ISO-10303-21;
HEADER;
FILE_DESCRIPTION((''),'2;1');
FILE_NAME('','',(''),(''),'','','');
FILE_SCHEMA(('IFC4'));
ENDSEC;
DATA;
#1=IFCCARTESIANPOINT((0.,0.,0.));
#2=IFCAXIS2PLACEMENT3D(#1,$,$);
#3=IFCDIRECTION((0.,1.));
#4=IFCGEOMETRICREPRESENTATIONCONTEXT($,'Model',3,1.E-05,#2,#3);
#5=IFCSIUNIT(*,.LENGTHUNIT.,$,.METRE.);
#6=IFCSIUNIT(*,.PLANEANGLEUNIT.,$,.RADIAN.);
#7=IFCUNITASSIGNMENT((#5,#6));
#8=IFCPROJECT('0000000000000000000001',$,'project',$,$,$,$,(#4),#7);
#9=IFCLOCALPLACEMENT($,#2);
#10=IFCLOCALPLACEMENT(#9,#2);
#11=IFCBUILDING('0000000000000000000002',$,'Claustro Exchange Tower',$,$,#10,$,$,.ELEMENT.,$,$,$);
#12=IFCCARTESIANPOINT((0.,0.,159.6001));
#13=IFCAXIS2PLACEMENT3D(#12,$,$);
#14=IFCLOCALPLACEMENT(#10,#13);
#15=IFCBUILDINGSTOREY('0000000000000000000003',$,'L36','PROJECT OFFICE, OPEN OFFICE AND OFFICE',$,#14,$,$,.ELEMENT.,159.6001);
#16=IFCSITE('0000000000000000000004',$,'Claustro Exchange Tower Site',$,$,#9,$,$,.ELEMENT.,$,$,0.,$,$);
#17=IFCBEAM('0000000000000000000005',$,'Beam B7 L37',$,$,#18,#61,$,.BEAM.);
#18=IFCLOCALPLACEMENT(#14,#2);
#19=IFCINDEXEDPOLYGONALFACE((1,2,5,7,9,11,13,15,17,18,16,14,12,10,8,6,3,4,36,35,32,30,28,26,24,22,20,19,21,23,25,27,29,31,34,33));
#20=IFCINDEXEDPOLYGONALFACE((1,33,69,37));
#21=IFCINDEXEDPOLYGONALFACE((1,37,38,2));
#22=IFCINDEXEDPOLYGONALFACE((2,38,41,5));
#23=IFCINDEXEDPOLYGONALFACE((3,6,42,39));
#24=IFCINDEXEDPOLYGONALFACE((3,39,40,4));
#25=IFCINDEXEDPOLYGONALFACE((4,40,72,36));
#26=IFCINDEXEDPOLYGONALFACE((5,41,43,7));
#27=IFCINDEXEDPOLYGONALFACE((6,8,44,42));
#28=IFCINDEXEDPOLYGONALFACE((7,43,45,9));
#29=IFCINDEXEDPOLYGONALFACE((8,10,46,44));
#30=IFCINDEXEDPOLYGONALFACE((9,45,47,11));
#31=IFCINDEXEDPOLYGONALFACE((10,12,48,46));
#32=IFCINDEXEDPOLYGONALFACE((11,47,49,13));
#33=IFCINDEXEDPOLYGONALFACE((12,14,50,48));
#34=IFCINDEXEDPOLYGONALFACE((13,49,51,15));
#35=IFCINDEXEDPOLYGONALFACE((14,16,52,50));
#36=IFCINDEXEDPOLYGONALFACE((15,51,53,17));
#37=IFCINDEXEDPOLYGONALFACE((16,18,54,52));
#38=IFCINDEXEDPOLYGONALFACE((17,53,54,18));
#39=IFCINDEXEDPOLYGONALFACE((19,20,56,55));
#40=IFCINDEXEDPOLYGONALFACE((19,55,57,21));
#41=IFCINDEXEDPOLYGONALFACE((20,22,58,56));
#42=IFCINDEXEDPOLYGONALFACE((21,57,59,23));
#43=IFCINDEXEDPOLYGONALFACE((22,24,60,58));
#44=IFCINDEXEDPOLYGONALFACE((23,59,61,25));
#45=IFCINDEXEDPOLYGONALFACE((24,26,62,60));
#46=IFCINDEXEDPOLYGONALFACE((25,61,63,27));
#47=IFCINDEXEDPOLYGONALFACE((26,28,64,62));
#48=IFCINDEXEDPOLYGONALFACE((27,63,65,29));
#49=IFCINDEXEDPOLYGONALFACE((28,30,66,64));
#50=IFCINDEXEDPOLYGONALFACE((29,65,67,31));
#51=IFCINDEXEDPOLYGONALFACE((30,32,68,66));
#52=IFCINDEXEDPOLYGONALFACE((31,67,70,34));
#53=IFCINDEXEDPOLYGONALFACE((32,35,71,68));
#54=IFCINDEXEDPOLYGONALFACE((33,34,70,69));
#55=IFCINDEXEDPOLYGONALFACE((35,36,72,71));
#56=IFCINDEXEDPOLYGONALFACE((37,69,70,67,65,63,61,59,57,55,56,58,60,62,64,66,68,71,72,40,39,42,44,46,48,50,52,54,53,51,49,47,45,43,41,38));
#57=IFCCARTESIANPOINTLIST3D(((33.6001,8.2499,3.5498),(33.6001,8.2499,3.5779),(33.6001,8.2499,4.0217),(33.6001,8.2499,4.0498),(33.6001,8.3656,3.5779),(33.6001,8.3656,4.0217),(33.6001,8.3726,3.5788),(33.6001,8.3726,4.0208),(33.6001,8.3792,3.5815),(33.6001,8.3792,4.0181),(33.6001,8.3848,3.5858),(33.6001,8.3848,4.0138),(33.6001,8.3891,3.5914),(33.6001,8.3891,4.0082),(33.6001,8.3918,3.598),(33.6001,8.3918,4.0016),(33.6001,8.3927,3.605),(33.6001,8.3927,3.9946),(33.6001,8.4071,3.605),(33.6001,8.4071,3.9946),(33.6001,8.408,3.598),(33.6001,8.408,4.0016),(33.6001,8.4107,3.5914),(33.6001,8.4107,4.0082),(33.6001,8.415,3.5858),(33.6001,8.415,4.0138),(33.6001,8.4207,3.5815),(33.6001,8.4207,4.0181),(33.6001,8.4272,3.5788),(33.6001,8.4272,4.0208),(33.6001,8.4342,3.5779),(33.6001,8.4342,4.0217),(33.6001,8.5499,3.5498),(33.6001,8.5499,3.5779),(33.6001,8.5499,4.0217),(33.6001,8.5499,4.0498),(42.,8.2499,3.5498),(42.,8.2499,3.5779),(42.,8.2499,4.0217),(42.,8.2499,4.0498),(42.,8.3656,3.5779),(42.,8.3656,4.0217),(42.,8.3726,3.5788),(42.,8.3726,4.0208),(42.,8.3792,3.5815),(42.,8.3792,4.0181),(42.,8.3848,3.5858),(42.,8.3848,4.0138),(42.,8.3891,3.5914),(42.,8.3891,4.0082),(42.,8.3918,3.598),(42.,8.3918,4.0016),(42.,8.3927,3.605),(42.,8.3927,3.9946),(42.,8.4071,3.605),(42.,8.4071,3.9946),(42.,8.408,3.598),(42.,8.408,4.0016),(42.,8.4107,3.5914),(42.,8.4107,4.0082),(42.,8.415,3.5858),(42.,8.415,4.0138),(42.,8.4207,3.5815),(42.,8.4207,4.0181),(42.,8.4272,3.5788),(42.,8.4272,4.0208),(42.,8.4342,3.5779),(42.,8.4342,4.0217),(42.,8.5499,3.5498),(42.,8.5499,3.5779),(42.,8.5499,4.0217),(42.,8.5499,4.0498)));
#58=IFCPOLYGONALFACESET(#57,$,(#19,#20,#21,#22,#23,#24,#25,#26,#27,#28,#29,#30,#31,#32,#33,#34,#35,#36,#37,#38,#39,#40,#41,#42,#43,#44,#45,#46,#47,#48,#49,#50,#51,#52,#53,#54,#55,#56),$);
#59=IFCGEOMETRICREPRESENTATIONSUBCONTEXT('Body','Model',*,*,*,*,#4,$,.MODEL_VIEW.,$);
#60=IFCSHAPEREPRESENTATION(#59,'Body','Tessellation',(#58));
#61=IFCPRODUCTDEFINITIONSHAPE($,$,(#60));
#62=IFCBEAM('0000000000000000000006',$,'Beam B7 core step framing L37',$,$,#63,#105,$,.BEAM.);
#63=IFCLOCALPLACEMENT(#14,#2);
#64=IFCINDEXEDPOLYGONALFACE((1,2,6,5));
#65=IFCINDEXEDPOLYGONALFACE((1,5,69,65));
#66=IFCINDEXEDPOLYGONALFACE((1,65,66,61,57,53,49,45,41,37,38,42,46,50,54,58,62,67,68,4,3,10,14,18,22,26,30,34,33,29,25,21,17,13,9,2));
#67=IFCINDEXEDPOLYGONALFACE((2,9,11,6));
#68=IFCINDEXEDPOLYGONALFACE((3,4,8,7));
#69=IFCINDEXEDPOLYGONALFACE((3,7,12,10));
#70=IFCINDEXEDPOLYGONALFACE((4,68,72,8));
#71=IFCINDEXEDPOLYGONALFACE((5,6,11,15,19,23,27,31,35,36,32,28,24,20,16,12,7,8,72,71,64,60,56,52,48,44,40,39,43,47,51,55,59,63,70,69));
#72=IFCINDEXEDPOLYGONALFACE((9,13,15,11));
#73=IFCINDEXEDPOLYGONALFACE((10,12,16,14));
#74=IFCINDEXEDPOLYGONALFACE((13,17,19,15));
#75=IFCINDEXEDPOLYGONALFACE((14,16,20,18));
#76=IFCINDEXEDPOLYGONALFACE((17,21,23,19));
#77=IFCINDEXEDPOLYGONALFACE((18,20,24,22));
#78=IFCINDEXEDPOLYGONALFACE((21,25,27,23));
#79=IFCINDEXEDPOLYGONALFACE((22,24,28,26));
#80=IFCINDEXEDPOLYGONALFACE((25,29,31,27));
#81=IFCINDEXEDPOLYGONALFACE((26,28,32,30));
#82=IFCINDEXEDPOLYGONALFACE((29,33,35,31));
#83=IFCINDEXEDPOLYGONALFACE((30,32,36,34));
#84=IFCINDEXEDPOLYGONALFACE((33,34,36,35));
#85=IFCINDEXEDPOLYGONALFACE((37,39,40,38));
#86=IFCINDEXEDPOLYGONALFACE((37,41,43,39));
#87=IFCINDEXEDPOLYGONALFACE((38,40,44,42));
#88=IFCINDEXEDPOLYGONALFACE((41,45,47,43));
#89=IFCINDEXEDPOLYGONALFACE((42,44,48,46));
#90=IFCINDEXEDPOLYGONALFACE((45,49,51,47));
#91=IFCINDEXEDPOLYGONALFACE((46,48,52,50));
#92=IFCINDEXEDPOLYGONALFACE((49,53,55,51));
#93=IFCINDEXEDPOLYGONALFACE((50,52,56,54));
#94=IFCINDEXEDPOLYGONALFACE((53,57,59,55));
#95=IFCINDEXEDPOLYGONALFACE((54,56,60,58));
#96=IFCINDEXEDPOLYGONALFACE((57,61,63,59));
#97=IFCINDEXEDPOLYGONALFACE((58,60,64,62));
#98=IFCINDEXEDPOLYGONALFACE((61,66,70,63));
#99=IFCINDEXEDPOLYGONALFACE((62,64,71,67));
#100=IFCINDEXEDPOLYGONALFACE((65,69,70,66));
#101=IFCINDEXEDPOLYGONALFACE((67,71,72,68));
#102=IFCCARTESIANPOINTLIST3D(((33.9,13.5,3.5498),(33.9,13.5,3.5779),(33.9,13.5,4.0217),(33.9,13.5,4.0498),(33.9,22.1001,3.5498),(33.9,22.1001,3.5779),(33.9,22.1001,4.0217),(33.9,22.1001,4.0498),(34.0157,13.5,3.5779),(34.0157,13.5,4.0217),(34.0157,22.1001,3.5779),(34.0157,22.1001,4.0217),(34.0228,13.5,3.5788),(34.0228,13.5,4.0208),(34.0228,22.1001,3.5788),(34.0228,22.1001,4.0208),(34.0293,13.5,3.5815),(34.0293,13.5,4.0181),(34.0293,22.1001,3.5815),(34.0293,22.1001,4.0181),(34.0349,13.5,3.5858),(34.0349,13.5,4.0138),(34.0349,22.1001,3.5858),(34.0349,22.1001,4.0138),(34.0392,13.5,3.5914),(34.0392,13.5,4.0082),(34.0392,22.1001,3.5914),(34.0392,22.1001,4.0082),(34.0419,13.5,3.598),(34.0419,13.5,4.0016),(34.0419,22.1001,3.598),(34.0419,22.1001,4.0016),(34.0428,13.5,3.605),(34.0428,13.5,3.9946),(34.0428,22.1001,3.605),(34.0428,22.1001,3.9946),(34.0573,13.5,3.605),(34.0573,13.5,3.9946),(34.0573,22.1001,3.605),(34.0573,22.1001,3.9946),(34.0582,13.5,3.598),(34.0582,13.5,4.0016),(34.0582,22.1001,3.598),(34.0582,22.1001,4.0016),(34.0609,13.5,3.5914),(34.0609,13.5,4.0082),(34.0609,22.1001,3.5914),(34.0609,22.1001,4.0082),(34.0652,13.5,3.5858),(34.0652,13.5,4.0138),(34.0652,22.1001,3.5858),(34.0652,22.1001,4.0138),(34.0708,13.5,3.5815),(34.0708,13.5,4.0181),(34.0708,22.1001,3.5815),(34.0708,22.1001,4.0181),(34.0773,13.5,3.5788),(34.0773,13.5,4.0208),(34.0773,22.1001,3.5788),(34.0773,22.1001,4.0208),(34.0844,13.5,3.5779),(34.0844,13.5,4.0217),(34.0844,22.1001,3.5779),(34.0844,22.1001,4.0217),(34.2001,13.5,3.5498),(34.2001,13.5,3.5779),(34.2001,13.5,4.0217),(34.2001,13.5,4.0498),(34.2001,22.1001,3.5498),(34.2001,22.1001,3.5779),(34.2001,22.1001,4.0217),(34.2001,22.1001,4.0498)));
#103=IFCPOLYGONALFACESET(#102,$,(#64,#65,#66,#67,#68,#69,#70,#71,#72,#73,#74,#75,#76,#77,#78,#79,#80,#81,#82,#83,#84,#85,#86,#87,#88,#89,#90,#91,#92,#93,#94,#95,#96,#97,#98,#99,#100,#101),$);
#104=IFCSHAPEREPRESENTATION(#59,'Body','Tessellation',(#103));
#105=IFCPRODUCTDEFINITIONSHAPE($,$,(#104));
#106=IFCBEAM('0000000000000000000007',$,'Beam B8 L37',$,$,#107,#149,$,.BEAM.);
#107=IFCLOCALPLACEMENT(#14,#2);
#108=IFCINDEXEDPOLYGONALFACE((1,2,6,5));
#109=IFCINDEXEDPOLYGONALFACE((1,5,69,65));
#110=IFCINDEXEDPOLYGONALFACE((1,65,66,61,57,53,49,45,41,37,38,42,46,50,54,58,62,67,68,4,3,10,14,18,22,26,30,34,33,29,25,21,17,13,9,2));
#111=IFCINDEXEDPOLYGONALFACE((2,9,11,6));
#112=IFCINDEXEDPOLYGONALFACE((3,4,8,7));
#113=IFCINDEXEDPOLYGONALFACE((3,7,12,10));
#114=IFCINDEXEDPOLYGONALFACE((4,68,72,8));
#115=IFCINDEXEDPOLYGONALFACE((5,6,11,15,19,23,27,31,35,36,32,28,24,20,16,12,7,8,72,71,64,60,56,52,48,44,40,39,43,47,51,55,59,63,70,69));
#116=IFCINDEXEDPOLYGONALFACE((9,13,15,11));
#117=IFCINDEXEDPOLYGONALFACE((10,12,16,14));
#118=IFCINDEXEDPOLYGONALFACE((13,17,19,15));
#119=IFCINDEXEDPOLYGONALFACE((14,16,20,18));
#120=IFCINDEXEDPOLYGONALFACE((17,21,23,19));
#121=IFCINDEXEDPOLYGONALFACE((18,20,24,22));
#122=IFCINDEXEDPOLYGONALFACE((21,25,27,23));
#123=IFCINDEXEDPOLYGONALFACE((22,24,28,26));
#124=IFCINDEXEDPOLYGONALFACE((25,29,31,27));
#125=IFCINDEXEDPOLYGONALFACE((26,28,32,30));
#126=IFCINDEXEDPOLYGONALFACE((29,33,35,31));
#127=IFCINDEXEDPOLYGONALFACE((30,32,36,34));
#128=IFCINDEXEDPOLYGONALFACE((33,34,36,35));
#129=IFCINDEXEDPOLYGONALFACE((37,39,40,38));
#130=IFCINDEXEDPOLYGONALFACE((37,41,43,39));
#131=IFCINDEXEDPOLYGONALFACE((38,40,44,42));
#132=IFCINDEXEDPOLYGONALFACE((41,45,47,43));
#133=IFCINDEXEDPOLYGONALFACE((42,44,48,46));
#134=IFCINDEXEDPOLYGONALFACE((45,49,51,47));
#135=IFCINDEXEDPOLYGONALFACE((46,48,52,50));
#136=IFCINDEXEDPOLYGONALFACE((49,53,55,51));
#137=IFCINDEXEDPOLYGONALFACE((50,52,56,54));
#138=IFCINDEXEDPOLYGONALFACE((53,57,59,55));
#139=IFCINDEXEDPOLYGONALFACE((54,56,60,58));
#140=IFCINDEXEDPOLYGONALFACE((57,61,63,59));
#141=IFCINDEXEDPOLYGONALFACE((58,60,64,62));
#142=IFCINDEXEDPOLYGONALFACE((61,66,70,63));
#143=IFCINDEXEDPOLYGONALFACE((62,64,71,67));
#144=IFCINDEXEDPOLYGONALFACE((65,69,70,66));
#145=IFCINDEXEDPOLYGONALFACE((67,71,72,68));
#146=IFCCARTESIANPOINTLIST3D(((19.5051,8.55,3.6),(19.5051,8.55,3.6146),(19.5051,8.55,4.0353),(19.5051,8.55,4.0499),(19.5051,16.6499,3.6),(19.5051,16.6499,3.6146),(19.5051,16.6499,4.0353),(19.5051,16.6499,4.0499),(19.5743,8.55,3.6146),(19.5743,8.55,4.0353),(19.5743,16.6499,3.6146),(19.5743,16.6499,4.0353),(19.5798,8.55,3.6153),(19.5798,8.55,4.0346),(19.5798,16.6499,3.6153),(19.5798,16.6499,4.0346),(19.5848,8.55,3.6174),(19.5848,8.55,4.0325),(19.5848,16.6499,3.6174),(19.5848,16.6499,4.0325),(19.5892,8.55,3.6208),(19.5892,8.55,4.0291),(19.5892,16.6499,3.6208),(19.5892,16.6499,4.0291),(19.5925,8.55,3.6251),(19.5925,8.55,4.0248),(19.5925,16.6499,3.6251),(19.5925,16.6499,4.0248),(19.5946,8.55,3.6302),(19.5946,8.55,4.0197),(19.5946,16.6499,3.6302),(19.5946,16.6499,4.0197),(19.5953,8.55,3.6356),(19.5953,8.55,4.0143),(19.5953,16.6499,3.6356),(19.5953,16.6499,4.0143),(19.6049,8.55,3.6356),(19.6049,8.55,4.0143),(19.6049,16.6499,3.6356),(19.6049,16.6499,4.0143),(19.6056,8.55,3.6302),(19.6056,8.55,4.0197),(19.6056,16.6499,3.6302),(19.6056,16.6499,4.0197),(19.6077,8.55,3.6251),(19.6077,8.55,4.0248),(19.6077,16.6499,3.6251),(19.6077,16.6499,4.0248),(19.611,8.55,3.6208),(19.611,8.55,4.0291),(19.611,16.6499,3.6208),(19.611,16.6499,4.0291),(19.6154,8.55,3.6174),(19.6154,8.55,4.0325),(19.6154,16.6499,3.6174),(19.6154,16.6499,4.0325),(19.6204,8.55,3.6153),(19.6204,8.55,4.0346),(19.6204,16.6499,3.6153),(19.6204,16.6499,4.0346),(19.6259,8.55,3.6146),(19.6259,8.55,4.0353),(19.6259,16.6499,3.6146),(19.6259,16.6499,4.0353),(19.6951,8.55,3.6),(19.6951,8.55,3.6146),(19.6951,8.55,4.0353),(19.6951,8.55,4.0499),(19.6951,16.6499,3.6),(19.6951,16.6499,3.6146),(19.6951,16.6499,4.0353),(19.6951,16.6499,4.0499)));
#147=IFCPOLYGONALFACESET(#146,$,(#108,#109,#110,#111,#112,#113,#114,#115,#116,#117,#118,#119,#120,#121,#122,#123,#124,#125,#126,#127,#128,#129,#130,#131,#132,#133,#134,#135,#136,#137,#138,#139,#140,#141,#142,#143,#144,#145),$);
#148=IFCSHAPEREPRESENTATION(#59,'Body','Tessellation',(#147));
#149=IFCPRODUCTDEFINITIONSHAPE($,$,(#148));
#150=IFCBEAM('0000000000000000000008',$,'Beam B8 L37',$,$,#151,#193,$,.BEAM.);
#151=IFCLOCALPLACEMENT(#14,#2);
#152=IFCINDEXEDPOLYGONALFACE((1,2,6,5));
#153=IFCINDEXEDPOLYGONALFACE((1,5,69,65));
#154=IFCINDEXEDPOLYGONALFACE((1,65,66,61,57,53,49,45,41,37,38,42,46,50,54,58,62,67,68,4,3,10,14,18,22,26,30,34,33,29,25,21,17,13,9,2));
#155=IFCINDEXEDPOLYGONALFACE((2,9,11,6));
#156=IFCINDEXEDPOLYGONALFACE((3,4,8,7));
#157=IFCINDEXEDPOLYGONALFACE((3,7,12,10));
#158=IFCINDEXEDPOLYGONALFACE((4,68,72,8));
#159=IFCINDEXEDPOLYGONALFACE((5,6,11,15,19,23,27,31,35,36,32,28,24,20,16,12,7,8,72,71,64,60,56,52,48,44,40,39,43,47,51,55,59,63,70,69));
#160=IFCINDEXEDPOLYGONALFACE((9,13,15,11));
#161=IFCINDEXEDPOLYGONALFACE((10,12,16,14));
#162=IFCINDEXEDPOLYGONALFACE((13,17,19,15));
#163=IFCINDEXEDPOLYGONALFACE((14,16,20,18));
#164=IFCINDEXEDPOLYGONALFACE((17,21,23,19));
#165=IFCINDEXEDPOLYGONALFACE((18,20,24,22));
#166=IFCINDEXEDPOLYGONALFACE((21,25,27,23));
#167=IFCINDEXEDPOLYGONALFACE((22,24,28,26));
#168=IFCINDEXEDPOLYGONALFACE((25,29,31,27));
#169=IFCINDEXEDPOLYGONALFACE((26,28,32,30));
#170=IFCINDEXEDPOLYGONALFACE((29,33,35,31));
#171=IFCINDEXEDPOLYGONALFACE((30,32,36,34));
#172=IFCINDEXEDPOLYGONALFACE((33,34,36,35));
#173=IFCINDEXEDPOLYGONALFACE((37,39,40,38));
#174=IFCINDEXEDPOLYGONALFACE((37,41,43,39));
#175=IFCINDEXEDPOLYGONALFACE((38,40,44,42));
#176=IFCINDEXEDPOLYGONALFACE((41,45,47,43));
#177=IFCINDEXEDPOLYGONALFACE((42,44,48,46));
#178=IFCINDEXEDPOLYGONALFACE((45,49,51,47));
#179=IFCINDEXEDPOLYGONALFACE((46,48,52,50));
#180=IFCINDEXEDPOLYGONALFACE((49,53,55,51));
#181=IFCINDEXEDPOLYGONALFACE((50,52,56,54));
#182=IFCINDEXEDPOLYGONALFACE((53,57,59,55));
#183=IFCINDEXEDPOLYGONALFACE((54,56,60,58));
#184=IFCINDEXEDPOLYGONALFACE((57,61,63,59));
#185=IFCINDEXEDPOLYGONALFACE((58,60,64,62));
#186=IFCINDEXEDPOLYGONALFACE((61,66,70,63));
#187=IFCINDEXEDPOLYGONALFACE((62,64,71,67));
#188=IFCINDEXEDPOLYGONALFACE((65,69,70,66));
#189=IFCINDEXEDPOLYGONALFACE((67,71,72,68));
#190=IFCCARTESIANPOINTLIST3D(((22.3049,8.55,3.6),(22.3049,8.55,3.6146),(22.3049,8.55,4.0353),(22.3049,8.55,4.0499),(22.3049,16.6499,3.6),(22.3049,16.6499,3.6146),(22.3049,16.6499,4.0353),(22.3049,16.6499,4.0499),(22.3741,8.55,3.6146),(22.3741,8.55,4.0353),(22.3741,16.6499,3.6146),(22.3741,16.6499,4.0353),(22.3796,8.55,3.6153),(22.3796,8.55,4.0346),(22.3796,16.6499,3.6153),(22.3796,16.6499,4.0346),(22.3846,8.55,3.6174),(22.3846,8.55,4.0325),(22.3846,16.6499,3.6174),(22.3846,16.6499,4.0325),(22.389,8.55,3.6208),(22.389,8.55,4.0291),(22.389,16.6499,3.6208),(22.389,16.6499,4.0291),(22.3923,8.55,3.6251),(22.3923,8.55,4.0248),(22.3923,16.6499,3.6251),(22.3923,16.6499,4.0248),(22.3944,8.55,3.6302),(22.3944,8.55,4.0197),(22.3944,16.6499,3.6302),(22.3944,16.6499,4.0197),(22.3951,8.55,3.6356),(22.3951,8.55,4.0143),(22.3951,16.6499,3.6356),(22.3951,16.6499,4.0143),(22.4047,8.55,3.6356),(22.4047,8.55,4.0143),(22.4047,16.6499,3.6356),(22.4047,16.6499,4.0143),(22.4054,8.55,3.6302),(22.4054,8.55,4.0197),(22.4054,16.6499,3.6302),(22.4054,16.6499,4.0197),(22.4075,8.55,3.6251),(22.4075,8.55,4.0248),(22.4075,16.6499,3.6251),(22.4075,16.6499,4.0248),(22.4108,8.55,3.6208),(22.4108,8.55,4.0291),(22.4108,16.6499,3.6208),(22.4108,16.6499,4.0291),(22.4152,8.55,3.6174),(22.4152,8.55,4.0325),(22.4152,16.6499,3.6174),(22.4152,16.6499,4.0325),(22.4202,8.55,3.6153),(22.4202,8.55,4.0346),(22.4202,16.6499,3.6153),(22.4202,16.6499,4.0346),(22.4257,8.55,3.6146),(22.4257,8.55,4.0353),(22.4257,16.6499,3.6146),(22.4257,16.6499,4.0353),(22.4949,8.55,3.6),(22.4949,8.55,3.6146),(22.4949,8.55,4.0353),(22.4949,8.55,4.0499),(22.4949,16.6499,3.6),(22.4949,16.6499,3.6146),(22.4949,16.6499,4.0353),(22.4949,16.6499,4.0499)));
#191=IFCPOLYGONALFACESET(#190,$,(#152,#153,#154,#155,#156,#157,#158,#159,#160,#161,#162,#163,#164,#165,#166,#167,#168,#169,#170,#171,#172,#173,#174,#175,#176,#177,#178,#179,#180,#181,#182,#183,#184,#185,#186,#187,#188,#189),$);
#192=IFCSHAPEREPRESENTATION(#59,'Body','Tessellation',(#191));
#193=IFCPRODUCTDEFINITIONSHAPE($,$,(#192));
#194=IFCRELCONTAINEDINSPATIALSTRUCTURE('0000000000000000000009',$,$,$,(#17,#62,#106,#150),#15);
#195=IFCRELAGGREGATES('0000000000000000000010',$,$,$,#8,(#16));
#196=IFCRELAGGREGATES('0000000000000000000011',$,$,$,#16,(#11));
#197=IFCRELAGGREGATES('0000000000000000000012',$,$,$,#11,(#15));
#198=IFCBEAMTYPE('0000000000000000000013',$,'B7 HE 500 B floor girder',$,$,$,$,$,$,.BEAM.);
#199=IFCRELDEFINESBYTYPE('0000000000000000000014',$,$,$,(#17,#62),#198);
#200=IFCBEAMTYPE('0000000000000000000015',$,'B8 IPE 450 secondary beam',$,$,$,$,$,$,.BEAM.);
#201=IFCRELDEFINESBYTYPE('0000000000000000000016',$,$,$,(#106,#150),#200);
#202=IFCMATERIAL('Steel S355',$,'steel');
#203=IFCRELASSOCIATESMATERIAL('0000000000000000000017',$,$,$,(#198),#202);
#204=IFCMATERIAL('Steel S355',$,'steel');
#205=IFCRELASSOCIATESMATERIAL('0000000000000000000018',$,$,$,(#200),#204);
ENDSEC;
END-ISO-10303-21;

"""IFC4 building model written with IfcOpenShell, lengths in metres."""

from ifc_helpers import new_model, si_unit, direction, frame, origin, origin_2d, place, context, subcontext, project, spatial, i_section, extrude, material, material_profile, profile_set, type_object, element, save


model = new_model("IFC4")

# Units and contexts
model_context = context("Model", 3, precision=1e-05, world=origin(), true_north=direction((0.0, 1.0)))
body_context = subcontext(model_context, "Body", "Model", "MODEL_VIEW")
ifc_project = project(units=[si_unit("LENGTHUNIT", "METRE"), si_unit("PLANEANGLEUNIT", "RADIAN")], contexts=[model_context])

# Site, building, storey
site_placement = place(None, origin())
site = spatial("IfcSite", under=ifc_project, at=site_placement, Name="Claustro Exchange Tower Site", CompositionType="ELEMENT", RefElevation=0.0)
building_placement = place(site_placement, origin())
building = spatial("IfcBuilding", under=site, at=building_placement, Name="Claustro Exchange Tower", CompositionType="ELEMENT")
storey_placement = place(building_placement, frame((0.0, 0.0, 159.6001)))
storey = spatial("IfcBuildingStorey", under=building, at=storey_placement, Name="L36", Description="PROJECT OFFICE, OPEN OFFICE AND OFFICE", CompositionType="ELEMENT", Elevation=159.6001)

# Beams
ifc_material_1 = material(Name="Steel S355", Category="steel")
ifc_material_profile_1 = material_profile(ifc_material_1, i_section(OverallWidth=0.3, OverallDepth=0.5, WebThickness=0.0144, FlangeThickness=0.0281, FilletRadius=0.0271, at=origin_2d()), Name="HE 500 B")
ifc_profile_set_1 = profile_set([ifc_material_profile_1], Name="Steel S355")
beam_type_1 = type_object("IfcBeamType", Name="B7 HE 500 B floor girder", PredefinedType="BEAM", material=ifc_profile_set_1)
beam_1_placement = place(storey_placement, frame((33.6001, 8.3999, 3.7998), z_axis=(1.0, 0.0, 0.0), x_axis=(0.0, 1.0, 0.0)))
element("IfcBeam", 1, at=beam_1_placement, inside=storey, type_object=beam_type_1, Name="Beam B7 L37", PredefinedType="BEAM", context=body_context, shape_type="SweptSolid", body=[
    extrude(i_section(OverallWidth=0.3, OverallDepth=0.5, WebThickness=0.0144, FlangeThickness=0.0281, FilletRadius=0.0271, at=origin_2d()), origin(), (0.0, 0.0, 1.0), 8.3999),
])
beam_2_placement = place(storey_placement, frame((34.05, 13.5, 3.7998), z_axis=(0.0, 1.0, 0.0), x_axis=(-1.0, 0.0, 0.0)))
element("IfcBeam", 2, at=beam_2_placement, inside=storey, type_object=beam_type_1, Name="Beam B7 core step framing L37", PredefinedType="BEAM", context=body_context, shape_type="SweptSolid", body=[
    extrude(i_section(OverallWidth=0.3, OverallDepth=0.5, WebThickness=0.0144, FlangeThickness=0.0281, FilletRadius=0.0271, at=origin_2d()), origin(), (0.0, 0.0, 1.0), 8.6001),
])
ifc_material_2 = material(Name="Steel S355", Category="steel")
ifc_material_profile_2 = material_profile(ifc_material_2, i_section(OverallWidth=0.1899, OverallDepth=0.45, WebThickness=0.0095, FlangeThickness=0.0146, FilletRadius=0.021, at=origin_2d()), Name="IPE 450")
ifc_profile_set_2 = profile_set([ifc_material_profile_2], Name="Steel S355")
beam_type_2 = type_object("IfcBeamType", Name="B8 IPE 450 secondary beam", PredefinedType="BEAM", material=ifc_profile_set_2)
for number, where, z_axis, x_axis, name in (
    (3, (19.6001, 8.55, 3.825), (0.0, 1.0, 0.0), (-1.0, 0.0, 0.0), "Beam B8 L37"),
    (4, (22.3999, 8.55, 3.825), (0.0, 1.0, 0.0), (-1.0, 0.0, 0.0), "Beam B8 L37"),
):
    element("IfcBeam", number, at=place(storey_placement, frame(where, z_axis=z_axis, x_axis=x_axis)), inside=storey, type_object=beam_type_2, Name=name, PredefinedType="BEAM", context=body_context, shape_type="SweptSolid", body=[
        extrude(i_section(OverallWidth=0.1899, OverallDepth=0.45, WebThickness=0.0095, FlangeThickness=0.0146, FilletRadius=0.021, at=origin_2d()), origin(), (0.0, 0.0, 1.0), 8.0999),
    ])

save(model, "model.ifc")
